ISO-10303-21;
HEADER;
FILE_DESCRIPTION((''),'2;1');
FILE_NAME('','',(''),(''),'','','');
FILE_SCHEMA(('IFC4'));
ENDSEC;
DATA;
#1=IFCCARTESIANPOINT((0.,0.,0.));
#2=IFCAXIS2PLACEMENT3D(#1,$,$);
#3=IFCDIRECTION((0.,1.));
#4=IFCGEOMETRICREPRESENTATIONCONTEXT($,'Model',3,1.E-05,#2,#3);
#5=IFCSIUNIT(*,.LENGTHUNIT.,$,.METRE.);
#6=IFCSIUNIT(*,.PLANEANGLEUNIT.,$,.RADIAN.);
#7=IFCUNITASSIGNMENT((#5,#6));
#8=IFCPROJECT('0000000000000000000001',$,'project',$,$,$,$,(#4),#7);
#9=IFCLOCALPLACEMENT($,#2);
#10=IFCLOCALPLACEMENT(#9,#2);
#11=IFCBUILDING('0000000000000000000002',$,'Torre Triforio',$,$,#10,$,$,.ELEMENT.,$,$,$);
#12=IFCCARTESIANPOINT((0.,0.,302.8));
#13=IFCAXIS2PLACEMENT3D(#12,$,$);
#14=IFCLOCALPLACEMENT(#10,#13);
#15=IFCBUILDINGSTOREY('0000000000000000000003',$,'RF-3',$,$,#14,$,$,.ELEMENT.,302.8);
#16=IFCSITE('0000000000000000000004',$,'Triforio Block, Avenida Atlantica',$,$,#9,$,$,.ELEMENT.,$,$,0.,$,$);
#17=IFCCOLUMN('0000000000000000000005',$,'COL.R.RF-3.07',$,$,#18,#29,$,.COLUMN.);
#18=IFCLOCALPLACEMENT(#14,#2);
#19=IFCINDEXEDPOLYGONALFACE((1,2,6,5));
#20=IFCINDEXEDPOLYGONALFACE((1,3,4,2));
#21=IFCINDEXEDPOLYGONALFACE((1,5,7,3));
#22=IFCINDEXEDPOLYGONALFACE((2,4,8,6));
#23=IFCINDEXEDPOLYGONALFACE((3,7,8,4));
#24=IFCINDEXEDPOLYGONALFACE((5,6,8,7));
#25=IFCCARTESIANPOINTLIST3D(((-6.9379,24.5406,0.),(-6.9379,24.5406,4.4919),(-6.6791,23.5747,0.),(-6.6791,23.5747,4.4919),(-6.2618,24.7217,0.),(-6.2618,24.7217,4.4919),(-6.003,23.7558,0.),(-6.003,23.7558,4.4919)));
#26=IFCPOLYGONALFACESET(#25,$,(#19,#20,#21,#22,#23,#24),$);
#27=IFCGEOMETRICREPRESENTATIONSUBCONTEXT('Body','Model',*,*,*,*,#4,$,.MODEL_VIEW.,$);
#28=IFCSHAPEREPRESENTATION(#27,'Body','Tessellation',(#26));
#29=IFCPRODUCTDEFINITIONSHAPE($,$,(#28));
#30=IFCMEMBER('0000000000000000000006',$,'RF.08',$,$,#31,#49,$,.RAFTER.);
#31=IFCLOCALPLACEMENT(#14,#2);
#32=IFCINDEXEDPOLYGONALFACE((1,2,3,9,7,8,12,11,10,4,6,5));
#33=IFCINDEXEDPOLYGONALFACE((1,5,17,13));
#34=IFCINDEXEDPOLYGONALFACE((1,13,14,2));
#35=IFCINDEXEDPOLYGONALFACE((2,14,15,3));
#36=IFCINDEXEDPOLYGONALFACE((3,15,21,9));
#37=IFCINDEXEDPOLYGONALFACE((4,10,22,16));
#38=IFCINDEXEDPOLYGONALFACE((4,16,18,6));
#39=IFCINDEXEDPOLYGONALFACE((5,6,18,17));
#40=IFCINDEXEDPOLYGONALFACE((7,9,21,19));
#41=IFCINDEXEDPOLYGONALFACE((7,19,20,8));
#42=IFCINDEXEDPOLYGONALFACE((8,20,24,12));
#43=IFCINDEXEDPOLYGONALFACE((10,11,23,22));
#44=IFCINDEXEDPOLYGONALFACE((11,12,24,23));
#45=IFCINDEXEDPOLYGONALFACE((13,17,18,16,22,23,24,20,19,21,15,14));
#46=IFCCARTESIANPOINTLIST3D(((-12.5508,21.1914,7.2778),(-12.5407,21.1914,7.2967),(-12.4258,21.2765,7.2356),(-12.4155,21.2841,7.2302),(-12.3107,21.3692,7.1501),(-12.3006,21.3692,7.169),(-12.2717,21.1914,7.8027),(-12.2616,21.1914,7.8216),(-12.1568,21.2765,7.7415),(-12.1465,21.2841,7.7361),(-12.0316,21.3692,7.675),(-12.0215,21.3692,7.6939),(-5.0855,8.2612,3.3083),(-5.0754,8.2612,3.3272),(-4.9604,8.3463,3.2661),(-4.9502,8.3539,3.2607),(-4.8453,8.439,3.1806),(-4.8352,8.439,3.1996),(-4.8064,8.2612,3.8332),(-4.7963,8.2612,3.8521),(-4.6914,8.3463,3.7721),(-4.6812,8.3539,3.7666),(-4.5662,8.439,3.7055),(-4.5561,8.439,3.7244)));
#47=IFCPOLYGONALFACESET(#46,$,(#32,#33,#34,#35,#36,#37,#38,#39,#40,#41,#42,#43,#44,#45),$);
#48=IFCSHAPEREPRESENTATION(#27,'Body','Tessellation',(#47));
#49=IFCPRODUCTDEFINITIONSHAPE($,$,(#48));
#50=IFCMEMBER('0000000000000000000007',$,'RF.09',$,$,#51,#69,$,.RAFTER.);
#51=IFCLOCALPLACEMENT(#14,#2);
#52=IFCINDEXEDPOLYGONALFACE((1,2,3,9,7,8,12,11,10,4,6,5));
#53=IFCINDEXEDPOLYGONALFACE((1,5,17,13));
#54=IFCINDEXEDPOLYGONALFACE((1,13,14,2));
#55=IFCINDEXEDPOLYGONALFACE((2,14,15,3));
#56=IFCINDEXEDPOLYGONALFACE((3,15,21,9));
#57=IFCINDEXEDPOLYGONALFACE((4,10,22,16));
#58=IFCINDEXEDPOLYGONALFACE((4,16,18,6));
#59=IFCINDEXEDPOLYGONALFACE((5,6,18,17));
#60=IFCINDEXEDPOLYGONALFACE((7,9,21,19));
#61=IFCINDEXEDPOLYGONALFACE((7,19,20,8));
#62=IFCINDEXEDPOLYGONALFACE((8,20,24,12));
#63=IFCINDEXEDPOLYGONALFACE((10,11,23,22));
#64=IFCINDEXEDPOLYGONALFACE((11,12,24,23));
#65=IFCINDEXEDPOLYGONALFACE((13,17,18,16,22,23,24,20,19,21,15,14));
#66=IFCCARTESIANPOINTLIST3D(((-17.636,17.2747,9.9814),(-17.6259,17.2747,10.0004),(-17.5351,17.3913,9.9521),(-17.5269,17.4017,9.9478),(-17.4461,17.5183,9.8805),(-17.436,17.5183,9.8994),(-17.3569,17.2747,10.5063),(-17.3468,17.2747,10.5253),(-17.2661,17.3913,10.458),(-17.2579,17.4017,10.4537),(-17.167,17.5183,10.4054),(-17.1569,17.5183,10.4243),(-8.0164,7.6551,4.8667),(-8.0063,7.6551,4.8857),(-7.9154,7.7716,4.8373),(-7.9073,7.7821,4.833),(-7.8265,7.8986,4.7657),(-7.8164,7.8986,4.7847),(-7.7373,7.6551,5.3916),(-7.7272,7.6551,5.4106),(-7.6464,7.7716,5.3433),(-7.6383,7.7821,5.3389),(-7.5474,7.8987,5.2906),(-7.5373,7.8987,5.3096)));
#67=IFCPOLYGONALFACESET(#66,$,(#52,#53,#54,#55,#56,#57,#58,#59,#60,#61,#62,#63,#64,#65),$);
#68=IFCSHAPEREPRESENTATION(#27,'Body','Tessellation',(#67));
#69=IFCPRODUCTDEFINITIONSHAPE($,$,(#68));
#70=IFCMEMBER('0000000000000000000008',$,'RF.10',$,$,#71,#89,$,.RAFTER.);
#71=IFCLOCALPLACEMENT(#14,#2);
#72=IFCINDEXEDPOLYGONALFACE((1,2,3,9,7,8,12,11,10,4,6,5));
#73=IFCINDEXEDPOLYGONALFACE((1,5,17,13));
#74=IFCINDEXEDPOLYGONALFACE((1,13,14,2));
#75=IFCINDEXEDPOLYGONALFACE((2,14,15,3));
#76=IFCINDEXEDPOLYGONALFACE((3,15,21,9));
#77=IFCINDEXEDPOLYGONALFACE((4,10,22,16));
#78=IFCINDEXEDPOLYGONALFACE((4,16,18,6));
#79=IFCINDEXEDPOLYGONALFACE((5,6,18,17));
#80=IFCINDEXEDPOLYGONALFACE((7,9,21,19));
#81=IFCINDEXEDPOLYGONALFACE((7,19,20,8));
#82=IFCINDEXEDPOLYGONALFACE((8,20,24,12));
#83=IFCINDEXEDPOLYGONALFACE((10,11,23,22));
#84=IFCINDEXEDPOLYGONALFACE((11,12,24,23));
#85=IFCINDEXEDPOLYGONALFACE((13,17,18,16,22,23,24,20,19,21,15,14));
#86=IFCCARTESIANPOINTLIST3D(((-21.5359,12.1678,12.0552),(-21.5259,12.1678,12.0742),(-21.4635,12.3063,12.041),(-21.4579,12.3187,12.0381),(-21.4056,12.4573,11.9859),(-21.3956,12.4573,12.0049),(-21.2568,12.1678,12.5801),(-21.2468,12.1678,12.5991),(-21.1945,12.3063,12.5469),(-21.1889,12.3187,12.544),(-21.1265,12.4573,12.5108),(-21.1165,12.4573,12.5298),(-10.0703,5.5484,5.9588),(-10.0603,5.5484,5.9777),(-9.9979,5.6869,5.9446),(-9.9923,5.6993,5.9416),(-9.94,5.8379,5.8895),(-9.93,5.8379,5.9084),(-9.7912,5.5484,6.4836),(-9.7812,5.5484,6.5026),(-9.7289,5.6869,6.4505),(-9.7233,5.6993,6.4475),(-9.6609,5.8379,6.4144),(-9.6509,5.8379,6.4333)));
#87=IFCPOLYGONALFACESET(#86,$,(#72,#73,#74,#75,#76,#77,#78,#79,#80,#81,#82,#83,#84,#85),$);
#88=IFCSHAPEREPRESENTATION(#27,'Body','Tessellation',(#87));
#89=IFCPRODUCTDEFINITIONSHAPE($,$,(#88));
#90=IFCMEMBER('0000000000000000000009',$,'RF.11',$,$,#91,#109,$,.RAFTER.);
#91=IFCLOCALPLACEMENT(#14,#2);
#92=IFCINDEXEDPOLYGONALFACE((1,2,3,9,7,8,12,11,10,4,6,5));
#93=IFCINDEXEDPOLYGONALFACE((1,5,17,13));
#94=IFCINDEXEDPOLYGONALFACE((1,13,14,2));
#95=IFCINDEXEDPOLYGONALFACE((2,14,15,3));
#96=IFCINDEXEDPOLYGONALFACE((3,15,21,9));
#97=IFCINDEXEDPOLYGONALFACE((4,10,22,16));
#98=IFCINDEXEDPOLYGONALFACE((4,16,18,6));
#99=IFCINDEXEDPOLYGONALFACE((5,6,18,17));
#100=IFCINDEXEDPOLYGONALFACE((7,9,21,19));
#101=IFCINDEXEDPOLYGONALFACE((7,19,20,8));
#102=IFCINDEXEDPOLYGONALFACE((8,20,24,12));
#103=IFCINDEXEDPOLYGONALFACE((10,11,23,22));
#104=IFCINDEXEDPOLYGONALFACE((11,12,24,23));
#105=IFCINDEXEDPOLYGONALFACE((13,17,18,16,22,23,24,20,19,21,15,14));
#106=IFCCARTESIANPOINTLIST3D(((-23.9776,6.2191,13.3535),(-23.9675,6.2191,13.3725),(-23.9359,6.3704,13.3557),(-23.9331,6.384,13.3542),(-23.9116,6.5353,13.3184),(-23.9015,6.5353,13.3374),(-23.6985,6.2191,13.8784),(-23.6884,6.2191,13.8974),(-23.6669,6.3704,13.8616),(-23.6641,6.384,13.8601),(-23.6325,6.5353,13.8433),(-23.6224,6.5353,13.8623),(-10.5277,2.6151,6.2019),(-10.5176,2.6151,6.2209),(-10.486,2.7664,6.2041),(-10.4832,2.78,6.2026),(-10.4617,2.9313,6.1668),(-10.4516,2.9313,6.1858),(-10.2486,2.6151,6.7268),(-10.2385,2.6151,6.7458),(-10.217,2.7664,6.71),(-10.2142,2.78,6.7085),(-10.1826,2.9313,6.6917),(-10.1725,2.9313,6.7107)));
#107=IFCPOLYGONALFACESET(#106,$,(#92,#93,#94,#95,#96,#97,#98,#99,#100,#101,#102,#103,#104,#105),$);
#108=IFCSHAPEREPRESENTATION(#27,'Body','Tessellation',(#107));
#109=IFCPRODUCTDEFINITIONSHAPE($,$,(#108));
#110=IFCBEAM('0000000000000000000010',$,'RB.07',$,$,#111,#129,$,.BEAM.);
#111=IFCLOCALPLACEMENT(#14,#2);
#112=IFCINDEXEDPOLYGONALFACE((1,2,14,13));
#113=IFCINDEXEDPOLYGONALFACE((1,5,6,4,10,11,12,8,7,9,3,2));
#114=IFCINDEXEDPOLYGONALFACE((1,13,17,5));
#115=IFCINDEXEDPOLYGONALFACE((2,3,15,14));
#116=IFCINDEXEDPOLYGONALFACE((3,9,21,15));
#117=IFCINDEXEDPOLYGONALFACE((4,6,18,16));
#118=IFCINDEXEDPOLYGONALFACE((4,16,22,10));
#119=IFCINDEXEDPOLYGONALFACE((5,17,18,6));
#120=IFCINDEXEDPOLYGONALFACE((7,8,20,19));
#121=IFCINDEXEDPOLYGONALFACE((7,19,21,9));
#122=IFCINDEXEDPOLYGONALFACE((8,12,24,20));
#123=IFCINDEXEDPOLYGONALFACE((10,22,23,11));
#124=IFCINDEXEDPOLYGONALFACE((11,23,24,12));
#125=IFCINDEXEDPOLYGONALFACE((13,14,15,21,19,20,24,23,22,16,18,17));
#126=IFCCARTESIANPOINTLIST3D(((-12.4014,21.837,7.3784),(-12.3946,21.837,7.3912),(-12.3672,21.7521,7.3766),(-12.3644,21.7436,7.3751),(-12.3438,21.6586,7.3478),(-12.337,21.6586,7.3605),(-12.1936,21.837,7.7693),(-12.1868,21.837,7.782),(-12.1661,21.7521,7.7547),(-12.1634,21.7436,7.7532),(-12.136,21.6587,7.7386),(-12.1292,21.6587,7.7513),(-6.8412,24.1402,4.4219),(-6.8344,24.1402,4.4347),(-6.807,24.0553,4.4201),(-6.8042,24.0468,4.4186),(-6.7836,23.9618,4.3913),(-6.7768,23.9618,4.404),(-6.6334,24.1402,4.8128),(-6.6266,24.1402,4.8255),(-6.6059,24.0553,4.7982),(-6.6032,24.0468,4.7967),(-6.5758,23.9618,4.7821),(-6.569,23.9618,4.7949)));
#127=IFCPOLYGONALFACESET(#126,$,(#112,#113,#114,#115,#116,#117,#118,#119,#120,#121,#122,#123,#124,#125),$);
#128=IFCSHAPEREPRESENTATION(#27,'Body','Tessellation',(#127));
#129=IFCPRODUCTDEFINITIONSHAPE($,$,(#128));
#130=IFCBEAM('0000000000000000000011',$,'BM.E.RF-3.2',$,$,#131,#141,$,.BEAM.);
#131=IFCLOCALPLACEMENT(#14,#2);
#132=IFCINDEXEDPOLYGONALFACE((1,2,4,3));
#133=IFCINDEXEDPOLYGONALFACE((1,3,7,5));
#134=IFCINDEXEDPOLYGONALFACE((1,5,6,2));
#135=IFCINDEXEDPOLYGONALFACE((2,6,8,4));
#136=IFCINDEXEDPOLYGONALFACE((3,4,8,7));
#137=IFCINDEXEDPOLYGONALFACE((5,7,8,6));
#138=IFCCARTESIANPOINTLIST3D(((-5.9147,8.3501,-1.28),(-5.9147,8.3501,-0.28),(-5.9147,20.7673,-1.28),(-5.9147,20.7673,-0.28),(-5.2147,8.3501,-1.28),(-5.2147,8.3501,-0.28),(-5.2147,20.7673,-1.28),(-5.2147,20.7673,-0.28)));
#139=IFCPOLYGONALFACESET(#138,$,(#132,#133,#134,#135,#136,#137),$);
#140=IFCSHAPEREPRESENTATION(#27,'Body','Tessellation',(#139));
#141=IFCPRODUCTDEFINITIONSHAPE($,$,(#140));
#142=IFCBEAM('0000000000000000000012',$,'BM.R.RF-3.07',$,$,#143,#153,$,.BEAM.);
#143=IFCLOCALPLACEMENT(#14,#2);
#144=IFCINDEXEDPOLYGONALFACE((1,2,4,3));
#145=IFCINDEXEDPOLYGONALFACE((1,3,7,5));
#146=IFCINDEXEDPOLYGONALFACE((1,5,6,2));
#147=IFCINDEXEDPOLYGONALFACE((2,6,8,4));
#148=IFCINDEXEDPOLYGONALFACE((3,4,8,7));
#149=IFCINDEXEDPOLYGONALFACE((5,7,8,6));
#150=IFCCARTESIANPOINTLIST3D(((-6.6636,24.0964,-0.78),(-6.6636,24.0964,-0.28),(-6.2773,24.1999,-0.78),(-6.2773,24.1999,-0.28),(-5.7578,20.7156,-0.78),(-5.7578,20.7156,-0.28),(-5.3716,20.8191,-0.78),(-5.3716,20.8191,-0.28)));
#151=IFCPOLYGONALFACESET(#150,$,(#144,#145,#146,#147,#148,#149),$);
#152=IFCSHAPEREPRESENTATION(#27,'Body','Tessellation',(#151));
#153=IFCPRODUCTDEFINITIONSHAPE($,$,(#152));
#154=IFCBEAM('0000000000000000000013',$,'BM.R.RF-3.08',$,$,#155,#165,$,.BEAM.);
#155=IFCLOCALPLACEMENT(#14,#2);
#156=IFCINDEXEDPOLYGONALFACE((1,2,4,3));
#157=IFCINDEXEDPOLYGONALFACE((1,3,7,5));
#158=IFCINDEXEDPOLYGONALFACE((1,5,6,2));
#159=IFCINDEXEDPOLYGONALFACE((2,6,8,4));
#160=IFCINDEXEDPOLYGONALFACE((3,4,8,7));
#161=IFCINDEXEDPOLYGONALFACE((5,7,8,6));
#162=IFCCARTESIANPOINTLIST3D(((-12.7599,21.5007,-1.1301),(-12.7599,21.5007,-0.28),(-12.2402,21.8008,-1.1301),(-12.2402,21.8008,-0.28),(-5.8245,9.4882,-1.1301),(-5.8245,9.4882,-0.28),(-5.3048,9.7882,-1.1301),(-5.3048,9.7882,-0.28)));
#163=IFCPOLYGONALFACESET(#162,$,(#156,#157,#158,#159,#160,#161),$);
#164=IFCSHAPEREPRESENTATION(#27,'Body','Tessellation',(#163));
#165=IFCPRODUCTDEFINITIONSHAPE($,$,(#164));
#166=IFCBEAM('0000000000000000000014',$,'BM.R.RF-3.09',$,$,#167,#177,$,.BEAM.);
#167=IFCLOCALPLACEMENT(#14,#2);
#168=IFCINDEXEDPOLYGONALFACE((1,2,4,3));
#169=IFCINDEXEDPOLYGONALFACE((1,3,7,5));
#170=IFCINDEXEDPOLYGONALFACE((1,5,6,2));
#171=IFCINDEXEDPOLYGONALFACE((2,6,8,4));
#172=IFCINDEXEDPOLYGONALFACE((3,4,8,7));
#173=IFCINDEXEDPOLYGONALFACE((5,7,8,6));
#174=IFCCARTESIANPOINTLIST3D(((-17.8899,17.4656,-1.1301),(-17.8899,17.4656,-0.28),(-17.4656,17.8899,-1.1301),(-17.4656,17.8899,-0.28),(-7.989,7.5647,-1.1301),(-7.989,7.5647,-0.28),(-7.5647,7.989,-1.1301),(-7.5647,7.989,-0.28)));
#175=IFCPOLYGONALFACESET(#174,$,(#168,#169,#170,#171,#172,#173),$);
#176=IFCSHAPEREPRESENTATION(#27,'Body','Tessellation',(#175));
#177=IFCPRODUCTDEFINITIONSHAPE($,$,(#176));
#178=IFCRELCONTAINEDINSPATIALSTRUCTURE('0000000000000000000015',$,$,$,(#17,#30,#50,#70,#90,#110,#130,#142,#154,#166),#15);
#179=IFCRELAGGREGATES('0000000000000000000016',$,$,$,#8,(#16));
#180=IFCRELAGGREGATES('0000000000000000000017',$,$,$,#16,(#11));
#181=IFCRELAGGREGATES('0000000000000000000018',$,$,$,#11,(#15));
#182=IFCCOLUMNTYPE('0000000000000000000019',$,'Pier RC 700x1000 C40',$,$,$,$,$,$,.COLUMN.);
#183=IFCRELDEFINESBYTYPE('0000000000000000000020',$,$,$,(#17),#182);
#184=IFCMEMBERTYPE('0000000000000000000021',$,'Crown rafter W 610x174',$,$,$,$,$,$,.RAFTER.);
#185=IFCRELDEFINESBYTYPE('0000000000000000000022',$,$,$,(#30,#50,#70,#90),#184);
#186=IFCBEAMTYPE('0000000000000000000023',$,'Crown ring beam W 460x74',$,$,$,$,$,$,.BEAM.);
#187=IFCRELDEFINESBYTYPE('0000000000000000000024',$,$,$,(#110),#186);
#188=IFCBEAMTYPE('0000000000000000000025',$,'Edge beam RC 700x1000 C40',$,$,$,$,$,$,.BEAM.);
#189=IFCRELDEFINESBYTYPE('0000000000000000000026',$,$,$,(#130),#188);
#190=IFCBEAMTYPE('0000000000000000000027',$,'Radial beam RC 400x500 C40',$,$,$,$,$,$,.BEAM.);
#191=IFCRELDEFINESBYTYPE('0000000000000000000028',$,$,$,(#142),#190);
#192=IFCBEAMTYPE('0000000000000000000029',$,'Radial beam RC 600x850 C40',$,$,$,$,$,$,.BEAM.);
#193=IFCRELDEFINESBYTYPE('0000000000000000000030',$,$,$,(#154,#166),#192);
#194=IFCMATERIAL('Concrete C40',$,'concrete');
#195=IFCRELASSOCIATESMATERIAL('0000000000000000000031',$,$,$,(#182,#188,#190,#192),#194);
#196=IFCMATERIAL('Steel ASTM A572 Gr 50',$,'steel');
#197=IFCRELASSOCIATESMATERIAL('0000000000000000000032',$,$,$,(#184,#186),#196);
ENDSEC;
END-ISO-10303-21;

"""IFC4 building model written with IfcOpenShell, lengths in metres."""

from ifc_helpers import new_model, si_unit, direction, frame, origin, origin_2d, place, context, subcontext, project, spatial, rectangle, i_section, extrude, material, material_profile, profile_set, type_object, element, save


model = new_model("IFC4")

# Units and contexts
model_context = context("Model", 3, precision=1e-05, world=origin(), true_north=direction((0.0, 1.0)))
body_context = subcontext(model_context, "Body", "Model", "MODEL_VIEW")
ifc_project = project(units=[si_unit("LENGTHUNIT", "METRE"), si_unit("PLANEANGLEUNIT", "RADIAN")], contexts=[model_context])

# Site, building, storey
site_placement = place(None, origin())
site = spatial("IfcSite", under=ifc_project, at=site_placement, Name="Triforio Block, Avenida Atlantica", CompositionType="ELEMENT", RefElevation=0.0)
building_placement = place(site_placement, origin())
building = spatial("IfcBuilding", under=site, at=building_placement, Name="Torre Triforio", CompositionType="ELEMENT")
storey_placement = place(building_placement, frame((0.0, 0.0, 302.8)))
storey = spatial("IfcBuildingStorey", under=building, at=storey_placement, Name="RF-3", CompositionType="ELEMENT", Elevation=302.8)

# Column
ifc_material_1 = material(Name="Concrete C40", Category="concrete")
ifc_material_profile_1 = material_profile(ifc_material_1, rectangle(XDim=0.7, YDim=1.0, at=origin_2d()), Name="RC 700x1000")
ifc_profile_set_1 = profile_set([ifc_material_profile_1], Name="Concrete C40")
column_type = type_object("IfcColumnType", Name="Pier RC 700x1000 C40", PredefinedType="COLUMN", material=ifc_profile_set_1)
column_placement = place(storey_placement, frame((-6.4705, 24.1482, 0.0), z_axis=(0.0, 0.0, 1.0), x_axis=(-0.965926, -0.258819, 0.0)))
element("IfcColumn", 1, at=column_placement, inside=storey, type_object=column_type, Name="COL.R.RF-3.07", PredefinedType="COLUMN", context=body_context, shape_type="SweptSolid", body=[
    extrude(rectangle(XDim=0.7, YDim=1.0, at=origin_2d()), origin(), (0.0, 0.0, 1.0), 4.4919),
])

# Members
ifc_material_2 = material(Name="Steel ASTM A572 Gr 50", Category="steel")
ifc_material_profile_2 = material_profile(ifc_material_2, i_section(OverallWidth=0.325, OverallDepth=0.616, WebThickness=0.0139, FlangeThickness=0.0215, at=origin_2d()), Name="W 610x174")
ifc_profile_set_2 = profile_set([ifc_material_profile_2], Name="Steel ASTM A572 Gr 50")
member_type = type_object("IfcMemberType", Name="Crown rafter W 610x174", PredefinedType="RAFTER", material=ifc_profile_set_2)
member_1_placement = place(storey_placement, frame((-4.8208, 8.3501, 3.5164), z_axis=(-0.483218, 0.836949, 0.256938), x_axis=(-0.738981, -0.547282, 0.392925)))
element("IfcMember", 2, at=member_1_placement, inside=storey, type_object=member_type, Name="RF.08", PredefinedType="RAFTER", context=body_context, shape_type="SweptSolid", body=[
    extrude(i_section(OverallWidth=0.325, OverallDepth=0.616, WebThickness=0.0139, FlangeThickness=0.0215, at=origin_2d()), origin(), (0.0, 0.0, 1.0), 15.4492),
])
member_2_placement = place(storey_placement, frame((-7.7769, 7.7769, 5.0881), z_axis=(-0.661874, 0.661874, 0.351918), x_axis=(-0.5844, -0.749615, 0.310731)))
element("IfcMember", 3, at=member_2_placement, inside=storey, type_object=member_type, Name="RF.09", PredefinedType="RAFTER", context=body_context, shape_type="SweptSolid", body=[
    extrude(i_section(OverallWidth=0.325, OverallDepth=0.616, WebThickness=0.0139, FlangeThickness=0.0215, at=origin_2d()), origin(), (0.0, 0.0, 1.0), 14.5339),
])
member_3_placement = place(storey_placement, frame((-9.8606, 5.6931, 6.196), z_axis=(-0.786639, 0.454148, 0.418269), x_axis=(-0.400985, -0.890926, 0.213216)))
element("IfcMember", 4, at=member_3_placement, inside=storey, type_object=member_type, Name="RF.10", PredefinedType="RAFTER", context=body_context, shape_type="SweptSolid", body=[
    extrude(i_section(OverallWidth=0.325, OverallDepth=0.616, WebThickness=0.0139, FlangeThickness=0.0215, at=origin_2d()), origin(), (0.0, 0.0, 1.0), 14.5754),
])
member_4_placement = place(storey_placement, frame((-10.3501, 2.7732, 6.4563), z_axis=(-0.859223, 0.230235, 0.456867), x_axis=(-0.203287, -0.973135, 0.108086)))
element("IfcMember", 5, at=member_4_placement, inside=storey, type_object=member_type, Name="RF.11", PredefinedType="RAFTER", context=body_context, shape_type="SweptSolid", body=[
    extrude(i_section(OverallWidth=0.325, OverallDepth=0.616, WebThickness=0.0139, FlangeThickness=0.0215, at=origin_2d()), origin(), (0.0, 0.0, 1.0), 15.6536),
])

# Beams
ifc_material_profile_3 = material_profile(ifc_material_2, i_section(OverallWidth=0.1899, OverallDepth=0.457, WebThickness=0.009, FlangeThickness=0.0144, at=origin_2d()), Name="W 460x74")
ifc_profile_set_3 = profile_set([ifc_material_profile_3], Name="Steel ASTM A572 Gr 50")
beam_type_1 = type_object("IfcBeamType", Name="Crown ring beam W 460x74", PredefinedType="BEAM", material=ifc_profile_set_3)
beam_1_placement = place(storey_placement, frame((-6.7051, 24.051, 4.6084), z_axis=(-0.829222, -0.343486, 0.440917), x_axis=(0.303282, -0.939158, -0.161253)))
element("IfcBeam", 6, at=beam_1_placement, inside=storey, type_object=beam_type_1, Name="RB.07", PredefinedType="BEAM", context=body_context, shape_type="SweptSolid", body=[
    extrude(i_section(OverallWidth=0.1899, OverallDepth=0.457, WebThickness=0.009, FlangeThickness=0.0144, at=origin_2d()), origin(), (0.0, 0.0, 1.0), 6.7053),
])
ifc_material_profile_4 = material_profile(ifc_material_1, rectangle(XDim=0.7, YDim=1.0, at=origin_2d()), Name="RC 700x1000")
ifc_profile_set_4 = profile_set([ifc_material_profile_4], Name="Concrete C40")
beam_type_2 = type_object("IfcBeamType", Name="Edge beam RC 700x1000 C40", PredefinedType="BEAM", material=ifc_profile_set_4)
beam_2_placement = place(storey_placement, frame((-5.5647, 8.3501, -0.78), z_axis=(0.0, 1.0, 0.0), x_axis=(-1.0, 0.0, 0.0)))
element("IfcBeam", 7, at=beam_2_placement, inside=storey, type_object=beam_type_2, Name="BM.E.RF-3.2", PredefinedType="BEAM", context=body_context, shape_type="SweptSolid", body=[
    extrude(rectangle(XDim=0.7, YDim=1.0, at=origin_2d()), origin(), (0.0, 0.0, 1.0), 12.4172),
])
ifc_material_profile_5 = material_profile(ifc_material_1, rectangle(XDim=0.3999, YDim=0.5, at=origin_2d()), Name="RC 400x500")
ifc_profile_set_5 = profile_set([ifc_material_profile_5], Name="Concrete C40")
beam_type_3 = type_object("IfcBeamType", Name="Radial beam RC 400x500 C40", PredefinedType="BEAM", material=ifc_profile_set_5)
beam_3_placement = place(storey_placement, frame((-5.5647, 20.7673, -0.53), z_axis=(-0.258783, 0.965936, 0.0), x_axis=(-0.965936, -0.258783, 0.0)))
element("IfcBeam", 8, at=beam_3_placement, inside=storey, type_object=beam_type_3, Name="BM.R.RF-3.07", PredefinedType="BEAM", context=body_context, shape_type="SweptSolid", body=[
    extrude(rectangle(XDim=0.3999, YDim=0.5, at=origin_2d()), origin(), (0.0, 0.0, 1.0), 3.5),
])
ifc_material_profile_6 = material_profile(ifc_material_1, rectangle(XDim=0.6001, YDim=0.8501, at=origin_2d()), Name="RC 600x850")
ifc_profile_set_6 = profile_set([ifc_material_profile_6], Name="Concrete C40")
beam_type_4 = type_object("IfcBeamType", Name="Radial beam RC 600x850 C40", PredefinedType="BEAM", material=ifc_profile_set_6)
beam_4_placement = place(storey_placement, frame((-5.5647, 9.6382, -0.7051), z_axis=(-0.499995, 0.866028, 0.0), x_axis=(-0.866028, -0.499995, 0.0)))
element("IfcBeam", 9, at=beam_4_placement, inside=storey, type_object=beam_type_4, Name="BM.R.RF-3.08", PredefinedType="BEAM", context=body_context, shape_type="SweptSolid", body=[
    extrude(rectangle(XDim=0.6001, YDim=0.8501, at=origin_2d()), origin(), (0.0, 0.0, 1.0), 13.8708),
])
beam_5_placement = place(storey_placement, frame((-7.7769, 7.7769, -0.7051), z_axis=(-0.707107, 0.707107, 0.0), x_axis=(-0.707107, -0.707107, 0.0)))
element("IfcBeam", 10, at=beam_5_placement, inside=storey, type_object=beam_type_4, Name="BM.R.RF-3.09", PredefinedType="BEAM", context=body_context, shape_type="SweptSolid", body=[
    extrude(rectangle(XDim=0.6001, YDim=0.8501, at=origin_2d()), origin(), (0.0, 0.0, 1.0), 14.002),
])

save(model, "model.ifc")
